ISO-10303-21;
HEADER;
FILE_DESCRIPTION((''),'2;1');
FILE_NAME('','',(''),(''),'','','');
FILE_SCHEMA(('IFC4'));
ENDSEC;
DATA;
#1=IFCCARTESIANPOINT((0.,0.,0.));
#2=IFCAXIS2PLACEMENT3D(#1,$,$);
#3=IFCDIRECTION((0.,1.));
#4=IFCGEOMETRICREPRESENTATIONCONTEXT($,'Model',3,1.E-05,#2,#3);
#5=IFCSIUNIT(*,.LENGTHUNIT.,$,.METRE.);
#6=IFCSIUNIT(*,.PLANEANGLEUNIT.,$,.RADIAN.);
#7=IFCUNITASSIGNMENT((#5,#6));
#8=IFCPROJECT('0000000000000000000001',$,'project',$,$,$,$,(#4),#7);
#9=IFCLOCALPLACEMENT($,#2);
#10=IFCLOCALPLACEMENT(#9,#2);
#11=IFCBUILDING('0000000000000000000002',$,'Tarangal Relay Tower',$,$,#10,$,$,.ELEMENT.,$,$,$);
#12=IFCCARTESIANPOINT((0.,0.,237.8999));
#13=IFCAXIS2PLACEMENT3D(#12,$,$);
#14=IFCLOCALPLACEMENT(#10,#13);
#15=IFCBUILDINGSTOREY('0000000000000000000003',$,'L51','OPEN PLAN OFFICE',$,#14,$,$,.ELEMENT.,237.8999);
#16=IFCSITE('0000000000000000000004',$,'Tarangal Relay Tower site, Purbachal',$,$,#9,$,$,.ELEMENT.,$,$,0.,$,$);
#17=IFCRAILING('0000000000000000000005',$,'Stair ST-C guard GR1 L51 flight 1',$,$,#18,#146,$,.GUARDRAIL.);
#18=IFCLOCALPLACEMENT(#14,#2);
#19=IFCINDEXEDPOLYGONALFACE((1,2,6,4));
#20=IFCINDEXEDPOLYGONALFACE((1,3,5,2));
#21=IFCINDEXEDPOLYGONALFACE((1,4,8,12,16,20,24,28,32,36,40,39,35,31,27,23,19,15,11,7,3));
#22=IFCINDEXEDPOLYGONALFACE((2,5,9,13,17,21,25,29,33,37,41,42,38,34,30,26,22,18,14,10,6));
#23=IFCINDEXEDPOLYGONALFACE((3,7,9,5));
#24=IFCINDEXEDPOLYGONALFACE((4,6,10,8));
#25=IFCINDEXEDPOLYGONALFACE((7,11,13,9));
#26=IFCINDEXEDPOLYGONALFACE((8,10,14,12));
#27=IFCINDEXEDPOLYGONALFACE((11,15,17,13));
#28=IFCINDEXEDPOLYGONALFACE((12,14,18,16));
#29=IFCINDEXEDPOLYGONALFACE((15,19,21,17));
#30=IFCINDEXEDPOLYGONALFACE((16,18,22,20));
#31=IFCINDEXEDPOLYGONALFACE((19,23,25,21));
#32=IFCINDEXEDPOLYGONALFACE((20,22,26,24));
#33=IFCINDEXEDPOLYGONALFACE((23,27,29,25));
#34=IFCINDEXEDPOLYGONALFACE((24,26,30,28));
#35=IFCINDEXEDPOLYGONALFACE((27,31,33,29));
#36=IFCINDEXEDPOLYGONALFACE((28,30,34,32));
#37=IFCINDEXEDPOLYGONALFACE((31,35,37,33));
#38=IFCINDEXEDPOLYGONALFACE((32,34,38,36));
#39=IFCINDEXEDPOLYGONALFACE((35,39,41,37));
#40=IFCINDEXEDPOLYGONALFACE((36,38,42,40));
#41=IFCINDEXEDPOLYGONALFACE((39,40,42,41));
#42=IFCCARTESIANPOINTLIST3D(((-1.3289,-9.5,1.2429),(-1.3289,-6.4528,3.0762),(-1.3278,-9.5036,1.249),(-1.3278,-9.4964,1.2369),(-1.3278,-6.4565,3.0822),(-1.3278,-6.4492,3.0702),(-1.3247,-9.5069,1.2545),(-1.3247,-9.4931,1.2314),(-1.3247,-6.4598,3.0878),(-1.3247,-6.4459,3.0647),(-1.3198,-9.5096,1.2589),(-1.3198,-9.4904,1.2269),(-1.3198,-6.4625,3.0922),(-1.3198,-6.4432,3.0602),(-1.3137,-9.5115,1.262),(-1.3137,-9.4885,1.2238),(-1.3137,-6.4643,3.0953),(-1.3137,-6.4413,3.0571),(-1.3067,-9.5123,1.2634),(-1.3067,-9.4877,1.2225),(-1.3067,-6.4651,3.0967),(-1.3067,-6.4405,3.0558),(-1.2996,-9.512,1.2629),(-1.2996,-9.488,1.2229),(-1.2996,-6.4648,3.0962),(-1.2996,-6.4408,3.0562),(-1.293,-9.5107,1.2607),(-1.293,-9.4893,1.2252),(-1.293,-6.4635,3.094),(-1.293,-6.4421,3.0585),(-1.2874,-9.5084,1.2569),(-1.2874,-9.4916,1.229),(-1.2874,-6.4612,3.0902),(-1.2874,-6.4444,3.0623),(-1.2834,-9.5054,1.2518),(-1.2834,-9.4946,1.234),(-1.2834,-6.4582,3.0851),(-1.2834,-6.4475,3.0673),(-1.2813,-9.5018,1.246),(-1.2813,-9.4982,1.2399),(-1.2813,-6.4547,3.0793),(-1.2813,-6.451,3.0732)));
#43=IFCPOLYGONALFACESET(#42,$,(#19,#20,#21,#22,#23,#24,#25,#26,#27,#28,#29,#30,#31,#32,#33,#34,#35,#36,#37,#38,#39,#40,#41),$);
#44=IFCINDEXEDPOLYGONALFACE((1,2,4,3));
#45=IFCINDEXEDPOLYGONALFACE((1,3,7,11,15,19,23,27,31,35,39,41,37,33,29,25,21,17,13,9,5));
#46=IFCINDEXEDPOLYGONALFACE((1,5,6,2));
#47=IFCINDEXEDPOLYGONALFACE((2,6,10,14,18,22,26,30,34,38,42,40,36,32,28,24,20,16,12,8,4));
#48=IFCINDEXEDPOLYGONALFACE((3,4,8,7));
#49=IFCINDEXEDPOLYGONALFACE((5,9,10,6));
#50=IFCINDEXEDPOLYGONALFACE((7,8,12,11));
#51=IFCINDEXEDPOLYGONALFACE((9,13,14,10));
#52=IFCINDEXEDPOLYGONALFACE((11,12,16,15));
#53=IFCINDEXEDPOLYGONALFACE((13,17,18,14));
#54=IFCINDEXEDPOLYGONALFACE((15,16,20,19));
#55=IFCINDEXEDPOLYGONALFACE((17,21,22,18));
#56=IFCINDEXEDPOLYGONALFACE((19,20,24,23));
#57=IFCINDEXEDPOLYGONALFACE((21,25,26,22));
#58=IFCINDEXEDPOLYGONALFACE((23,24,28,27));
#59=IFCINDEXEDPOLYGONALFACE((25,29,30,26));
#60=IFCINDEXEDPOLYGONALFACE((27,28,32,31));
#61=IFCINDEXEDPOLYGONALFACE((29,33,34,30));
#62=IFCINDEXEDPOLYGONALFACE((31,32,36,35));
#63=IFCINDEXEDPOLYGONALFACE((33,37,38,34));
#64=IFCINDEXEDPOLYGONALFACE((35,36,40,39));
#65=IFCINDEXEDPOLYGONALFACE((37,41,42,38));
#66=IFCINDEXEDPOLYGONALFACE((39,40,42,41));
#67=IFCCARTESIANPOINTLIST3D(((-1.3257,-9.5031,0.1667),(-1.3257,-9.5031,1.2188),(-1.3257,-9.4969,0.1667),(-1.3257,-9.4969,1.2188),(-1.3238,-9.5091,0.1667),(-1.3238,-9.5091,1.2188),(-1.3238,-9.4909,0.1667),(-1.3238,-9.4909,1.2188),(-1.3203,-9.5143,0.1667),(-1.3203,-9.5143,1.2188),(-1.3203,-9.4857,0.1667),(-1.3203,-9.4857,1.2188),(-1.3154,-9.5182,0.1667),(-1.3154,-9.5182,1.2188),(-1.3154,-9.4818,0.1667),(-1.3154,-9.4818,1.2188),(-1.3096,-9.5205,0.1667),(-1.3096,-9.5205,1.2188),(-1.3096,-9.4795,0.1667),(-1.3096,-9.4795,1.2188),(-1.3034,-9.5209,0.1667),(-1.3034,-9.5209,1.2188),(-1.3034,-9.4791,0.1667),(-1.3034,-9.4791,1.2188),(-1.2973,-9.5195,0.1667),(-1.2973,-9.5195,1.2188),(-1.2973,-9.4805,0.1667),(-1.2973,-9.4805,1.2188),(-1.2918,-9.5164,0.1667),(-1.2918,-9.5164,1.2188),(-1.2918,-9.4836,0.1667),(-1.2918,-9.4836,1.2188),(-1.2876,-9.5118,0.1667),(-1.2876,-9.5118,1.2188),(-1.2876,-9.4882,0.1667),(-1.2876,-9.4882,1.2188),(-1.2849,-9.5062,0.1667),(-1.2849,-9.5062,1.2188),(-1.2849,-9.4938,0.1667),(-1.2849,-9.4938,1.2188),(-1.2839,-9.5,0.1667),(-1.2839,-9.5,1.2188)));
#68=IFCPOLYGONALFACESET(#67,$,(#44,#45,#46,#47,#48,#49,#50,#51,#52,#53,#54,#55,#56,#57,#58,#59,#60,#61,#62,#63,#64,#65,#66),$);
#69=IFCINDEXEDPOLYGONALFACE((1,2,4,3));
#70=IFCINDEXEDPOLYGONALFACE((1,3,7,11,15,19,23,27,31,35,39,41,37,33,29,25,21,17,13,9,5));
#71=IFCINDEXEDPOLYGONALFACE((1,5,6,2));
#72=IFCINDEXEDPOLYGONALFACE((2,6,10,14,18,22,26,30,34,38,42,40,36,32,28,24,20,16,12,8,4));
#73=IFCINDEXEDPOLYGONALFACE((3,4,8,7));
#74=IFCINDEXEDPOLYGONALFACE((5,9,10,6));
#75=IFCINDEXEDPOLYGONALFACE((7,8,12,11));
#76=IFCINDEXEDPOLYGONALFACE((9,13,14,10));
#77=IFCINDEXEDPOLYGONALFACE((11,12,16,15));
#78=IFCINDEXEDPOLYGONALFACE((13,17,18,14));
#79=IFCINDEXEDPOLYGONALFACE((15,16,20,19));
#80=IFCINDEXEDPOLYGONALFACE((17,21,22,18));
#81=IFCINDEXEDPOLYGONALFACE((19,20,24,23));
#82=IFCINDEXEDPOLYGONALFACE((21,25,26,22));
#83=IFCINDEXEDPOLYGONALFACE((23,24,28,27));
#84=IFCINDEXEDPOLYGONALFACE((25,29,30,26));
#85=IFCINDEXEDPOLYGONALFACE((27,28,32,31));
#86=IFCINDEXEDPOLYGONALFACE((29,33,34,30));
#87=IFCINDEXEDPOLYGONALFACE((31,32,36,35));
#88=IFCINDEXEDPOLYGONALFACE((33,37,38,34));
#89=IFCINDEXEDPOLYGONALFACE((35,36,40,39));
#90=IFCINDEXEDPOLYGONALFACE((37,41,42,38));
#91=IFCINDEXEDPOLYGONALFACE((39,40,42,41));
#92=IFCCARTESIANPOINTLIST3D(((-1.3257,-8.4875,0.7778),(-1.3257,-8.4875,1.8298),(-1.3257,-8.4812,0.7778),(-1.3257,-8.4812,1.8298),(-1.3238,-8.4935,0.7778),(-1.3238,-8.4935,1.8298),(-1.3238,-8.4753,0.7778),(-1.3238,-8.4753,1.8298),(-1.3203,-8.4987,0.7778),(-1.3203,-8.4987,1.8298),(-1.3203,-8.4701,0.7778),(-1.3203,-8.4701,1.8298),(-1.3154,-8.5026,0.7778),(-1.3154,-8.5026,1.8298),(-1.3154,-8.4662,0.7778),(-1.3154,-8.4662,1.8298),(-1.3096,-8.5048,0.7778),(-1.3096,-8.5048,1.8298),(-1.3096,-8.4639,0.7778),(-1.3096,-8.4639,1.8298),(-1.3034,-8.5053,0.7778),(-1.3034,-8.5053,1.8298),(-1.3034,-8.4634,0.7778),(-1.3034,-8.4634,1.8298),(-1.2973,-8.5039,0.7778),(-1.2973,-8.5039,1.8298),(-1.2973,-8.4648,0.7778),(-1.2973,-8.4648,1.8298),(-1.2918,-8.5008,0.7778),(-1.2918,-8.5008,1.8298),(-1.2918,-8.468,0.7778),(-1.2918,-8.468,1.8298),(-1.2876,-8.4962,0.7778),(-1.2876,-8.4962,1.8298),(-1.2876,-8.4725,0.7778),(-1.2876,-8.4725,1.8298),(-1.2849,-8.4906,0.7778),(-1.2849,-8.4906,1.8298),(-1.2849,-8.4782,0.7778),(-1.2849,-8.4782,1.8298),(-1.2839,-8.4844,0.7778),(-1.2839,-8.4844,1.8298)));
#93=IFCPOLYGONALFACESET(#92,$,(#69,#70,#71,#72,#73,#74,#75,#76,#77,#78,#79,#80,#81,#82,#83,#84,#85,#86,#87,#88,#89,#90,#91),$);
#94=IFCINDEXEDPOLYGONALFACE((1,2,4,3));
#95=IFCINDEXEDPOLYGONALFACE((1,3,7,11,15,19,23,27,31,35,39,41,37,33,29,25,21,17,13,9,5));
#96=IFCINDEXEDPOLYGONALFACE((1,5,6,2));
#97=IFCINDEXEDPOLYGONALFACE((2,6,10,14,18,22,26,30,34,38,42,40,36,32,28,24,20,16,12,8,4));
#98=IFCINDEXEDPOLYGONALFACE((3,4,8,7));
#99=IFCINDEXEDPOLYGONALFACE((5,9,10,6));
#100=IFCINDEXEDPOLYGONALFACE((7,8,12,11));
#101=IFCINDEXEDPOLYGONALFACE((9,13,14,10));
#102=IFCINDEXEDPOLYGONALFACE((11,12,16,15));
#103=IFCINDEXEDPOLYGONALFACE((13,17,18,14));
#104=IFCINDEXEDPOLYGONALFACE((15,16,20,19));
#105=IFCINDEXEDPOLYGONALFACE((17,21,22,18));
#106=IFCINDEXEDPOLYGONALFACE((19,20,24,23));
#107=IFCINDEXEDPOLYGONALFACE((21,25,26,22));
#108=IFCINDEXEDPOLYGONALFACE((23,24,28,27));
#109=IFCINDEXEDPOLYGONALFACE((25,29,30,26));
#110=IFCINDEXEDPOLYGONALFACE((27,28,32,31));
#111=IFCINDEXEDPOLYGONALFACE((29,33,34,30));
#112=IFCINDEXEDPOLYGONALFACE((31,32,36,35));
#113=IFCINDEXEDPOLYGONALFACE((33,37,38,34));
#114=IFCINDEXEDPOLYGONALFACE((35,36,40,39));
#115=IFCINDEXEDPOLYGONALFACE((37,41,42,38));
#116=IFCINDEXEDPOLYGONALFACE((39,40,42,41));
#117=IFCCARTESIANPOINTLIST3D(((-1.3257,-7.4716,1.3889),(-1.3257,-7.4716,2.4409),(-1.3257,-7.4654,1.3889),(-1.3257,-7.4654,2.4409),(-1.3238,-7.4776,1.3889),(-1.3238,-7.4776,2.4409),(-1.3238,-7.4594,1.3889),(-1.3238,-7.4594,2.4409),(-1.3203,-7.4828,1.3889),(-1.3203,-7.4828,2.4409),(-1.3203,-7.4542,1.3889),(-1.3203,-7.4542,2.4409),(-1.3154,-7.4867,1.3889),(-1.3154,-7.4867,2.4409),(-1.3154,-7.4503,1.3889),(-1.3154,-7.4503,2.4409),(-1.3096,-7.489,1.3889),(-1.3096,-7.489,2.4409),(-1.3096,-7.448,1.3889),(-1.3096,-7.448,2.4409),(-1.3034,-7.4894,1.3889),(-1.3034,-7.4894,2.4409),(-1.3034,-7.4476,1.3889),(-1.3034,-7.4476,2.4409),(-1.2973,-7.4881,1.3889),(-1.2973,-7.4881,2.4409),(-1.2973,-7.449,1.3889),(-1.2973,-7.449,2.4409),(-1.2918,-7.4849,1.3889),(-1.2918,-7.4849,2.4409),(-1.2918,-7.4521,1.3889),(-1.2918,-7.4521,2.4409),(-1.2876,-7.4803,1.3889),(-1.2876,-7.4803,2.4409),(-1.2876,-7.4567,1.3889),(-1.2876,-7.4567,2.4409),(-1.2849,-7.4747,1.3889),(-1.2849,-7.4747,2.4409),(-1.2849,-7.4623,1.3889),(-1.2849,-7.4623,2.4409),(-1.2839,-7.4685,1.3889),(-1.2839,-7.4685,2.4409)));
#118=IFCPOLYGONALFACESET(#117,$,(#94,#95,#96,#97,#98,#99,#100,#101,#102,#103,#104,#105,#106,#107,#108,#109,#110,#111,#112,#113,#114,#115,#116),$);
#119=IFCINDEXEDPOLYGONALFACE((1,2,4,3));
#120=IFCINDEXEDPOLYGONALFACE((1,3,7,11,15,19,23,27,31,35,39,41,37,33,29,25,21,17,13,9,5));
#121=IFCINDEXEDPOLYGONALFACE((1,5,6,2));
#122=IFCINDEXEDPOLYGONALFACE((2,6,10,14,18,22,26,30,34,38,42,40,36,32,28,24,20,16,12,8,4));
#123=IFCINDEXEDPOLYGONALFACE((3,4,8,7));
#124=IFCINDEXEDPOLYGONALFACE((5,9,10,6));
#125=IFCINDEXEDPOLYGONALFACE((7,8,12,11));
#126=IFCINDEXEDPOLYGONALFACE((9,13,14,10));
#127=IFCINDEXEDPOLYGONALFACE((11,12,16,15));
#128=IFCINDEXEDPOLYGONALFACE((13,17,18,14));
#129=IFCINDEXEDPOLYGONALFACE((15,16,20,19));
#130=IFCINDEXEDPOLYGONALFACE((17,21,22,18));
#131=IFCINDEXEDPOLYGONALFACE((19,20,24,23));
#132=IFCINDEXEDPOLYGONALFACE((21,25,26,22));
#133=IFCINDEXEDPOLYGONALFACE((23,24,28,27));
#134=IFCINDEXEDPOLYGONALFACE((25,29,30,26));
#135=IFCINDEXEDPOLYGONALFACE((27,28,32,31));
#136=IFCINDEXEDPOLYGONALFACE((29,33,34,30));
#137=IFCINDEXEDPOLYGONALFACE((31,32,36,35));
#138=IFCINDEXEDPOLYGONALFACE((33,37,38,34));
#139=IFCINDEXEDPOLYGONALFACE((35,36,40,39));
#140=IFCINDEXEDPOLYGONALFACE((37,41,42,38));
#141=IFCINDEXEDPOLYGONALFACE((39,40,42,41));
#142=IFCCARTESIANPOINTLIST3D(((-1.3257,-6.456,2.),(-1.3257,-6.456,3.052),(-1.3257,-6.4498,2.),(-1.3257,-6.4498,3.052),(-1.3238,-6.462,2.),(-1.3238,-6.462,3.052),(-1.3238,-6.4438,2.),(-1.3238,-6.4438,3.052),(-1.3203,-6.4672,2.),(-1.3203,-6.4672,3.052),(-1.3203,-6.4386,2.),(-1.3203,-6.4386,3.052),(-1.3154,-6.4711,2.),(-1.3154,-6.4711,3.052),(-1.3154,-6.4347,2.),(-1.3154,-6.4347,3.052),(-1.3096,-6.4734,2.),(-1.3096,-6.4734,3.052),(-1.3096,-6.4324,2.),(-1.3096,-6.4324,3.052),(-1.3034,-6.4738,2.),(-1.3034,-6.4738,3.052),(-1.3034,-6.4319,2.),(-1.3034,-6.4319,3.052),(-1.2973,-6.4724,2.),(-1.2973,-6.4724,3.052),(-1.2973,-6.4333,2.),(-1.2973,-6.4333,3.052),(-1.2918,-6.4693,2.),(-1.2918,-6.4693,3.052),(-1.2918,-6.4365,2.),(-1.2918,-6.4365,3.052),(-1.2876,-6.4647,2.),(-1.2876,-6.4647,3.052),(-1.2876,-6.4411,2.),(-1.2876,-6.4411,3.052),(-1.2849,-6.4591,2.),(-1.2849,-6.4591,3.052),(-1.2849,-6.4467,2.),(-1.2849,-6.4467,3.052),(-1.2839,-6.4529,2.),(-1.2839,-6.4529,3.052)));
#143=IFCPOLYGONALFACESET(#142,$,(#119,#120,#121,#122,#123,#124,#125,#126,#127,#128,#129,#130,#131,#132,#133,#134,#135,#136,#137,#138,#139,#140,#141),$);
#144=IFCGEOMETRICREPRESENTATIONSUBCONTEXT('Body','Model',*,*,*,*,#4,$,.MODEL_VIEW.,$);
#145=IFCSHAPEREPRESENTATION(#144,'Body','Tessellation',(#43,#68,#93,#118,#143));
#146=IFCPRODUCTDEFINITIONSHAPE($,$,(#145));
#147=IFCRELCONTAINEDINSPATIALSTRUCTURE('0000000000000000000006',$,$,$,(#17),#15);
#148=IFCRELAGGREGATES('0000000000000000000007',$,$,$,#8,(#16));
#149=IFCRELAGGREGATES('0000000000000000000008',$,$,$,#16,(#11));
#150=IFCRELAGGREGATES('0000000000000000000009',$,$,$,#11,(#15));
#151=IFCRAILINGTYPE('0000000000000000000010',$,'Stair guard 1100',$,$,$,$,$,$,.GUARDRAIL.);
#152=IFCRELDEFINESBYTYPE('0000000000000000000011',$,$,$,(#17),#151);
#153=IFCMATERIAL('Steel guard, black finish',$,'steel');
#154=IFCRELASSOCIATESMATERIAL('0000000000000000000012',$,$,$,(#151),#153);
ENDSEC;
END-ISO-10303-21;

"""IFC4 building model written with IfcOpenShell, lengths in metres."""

from ifc_helpers import new_model, si_unit, direction, frame, origin, origin_2d, place, context, subcontext, project, spatial, circle, extrude, material, type_object, element, save


model = new_model("IFC4")

# Units and contexts
model_context = context("Model", 3, precision=1e-05, world=origin(), true_north=direction((0.0, 1.0)))
body_context = subcontext(model_context, "Body", "Model", "MODEL_VIEW")
ifc_project = project(units=[si_unit("LENGTHUNIT", "METRE"), si_unit("PLANEANGLEUNIT", "RADIAN")], contexts=[model_context])

# Site, building, storey
site_placement = place(None, origin())
site = spatial("IfcSite", under=ifc_project, at=site_placement, Name="Tarangal Relay Tower site, Purbachal", CompositionType="ELEMENT", RefElevation=0.0)
building_placement = place(site_placement, origin())
building = spatial("IfcBuilding", under=site, at=building_placement, Name="Tarangal Relay Tower", CompositionType="ELEMENT")
storey_placement = place(building_placement, frame((0.0, 0.0, 237.8999)))
storey = spatial("IfcBuildingStorey", under=building, at=storey_placement, Name="L51", Description="OPEN PLAN OFFICE", CompositionType="ELEMENT", Elevation=237.8999)

# Railing
ifc_material_1 = material(Name="Steel guard, black finish", Category="steel")
railing_type = type_object("IfcRailingType", Name="Stair guard 1100", PredefinedType="GUARDRAIL", material=ifc_material_1)
railing_1_placement = place(storey_placement, frame((-1.3049, -9.5, 0.1667)))
element("IfcRailing", 1, at=railing_1_placement, inside=storey, type_object=railing_type, Name="Stair ST-C guard GR1 L51 flight 1", PredefinedType="GUARDRAIL", context=body_context, shape_type="SweptSolid", body=[
    extrude(circle(Radius=0.0239, at=origin_2d()), frame((0.0, 0.0, 1.0762), z_axis=(0.0, 0.856874, 0.515525), x_axis=(-1.0, 0.0, 0.0)), (0.0, 0.0, 1.0), 3.5562),
    extrude(circle(Radius=0.021, at=origin_2d()), origin(), (0.0, 0.0, 1.0), 1.052),
    extrude(circle(Radius=0.021, at=origin_2d()), frame((0.0, 1.0156, 0.6111)), (0.0, 0.0, 1.0), 1.052),
    extrude(circle(Radius=0.021, at=origin_2d()), frame((0.0, 2.0315, 1.2222)), (0.0, 0.0, 1.0), 1.052),
    extrude(circle(Radius=0.021, at=origin_2d()), frame((0.0, 3.0471, 1.8333)), (0.0, 0.0, 1.0), 1.052),
])

save(model, "model.ifc")
